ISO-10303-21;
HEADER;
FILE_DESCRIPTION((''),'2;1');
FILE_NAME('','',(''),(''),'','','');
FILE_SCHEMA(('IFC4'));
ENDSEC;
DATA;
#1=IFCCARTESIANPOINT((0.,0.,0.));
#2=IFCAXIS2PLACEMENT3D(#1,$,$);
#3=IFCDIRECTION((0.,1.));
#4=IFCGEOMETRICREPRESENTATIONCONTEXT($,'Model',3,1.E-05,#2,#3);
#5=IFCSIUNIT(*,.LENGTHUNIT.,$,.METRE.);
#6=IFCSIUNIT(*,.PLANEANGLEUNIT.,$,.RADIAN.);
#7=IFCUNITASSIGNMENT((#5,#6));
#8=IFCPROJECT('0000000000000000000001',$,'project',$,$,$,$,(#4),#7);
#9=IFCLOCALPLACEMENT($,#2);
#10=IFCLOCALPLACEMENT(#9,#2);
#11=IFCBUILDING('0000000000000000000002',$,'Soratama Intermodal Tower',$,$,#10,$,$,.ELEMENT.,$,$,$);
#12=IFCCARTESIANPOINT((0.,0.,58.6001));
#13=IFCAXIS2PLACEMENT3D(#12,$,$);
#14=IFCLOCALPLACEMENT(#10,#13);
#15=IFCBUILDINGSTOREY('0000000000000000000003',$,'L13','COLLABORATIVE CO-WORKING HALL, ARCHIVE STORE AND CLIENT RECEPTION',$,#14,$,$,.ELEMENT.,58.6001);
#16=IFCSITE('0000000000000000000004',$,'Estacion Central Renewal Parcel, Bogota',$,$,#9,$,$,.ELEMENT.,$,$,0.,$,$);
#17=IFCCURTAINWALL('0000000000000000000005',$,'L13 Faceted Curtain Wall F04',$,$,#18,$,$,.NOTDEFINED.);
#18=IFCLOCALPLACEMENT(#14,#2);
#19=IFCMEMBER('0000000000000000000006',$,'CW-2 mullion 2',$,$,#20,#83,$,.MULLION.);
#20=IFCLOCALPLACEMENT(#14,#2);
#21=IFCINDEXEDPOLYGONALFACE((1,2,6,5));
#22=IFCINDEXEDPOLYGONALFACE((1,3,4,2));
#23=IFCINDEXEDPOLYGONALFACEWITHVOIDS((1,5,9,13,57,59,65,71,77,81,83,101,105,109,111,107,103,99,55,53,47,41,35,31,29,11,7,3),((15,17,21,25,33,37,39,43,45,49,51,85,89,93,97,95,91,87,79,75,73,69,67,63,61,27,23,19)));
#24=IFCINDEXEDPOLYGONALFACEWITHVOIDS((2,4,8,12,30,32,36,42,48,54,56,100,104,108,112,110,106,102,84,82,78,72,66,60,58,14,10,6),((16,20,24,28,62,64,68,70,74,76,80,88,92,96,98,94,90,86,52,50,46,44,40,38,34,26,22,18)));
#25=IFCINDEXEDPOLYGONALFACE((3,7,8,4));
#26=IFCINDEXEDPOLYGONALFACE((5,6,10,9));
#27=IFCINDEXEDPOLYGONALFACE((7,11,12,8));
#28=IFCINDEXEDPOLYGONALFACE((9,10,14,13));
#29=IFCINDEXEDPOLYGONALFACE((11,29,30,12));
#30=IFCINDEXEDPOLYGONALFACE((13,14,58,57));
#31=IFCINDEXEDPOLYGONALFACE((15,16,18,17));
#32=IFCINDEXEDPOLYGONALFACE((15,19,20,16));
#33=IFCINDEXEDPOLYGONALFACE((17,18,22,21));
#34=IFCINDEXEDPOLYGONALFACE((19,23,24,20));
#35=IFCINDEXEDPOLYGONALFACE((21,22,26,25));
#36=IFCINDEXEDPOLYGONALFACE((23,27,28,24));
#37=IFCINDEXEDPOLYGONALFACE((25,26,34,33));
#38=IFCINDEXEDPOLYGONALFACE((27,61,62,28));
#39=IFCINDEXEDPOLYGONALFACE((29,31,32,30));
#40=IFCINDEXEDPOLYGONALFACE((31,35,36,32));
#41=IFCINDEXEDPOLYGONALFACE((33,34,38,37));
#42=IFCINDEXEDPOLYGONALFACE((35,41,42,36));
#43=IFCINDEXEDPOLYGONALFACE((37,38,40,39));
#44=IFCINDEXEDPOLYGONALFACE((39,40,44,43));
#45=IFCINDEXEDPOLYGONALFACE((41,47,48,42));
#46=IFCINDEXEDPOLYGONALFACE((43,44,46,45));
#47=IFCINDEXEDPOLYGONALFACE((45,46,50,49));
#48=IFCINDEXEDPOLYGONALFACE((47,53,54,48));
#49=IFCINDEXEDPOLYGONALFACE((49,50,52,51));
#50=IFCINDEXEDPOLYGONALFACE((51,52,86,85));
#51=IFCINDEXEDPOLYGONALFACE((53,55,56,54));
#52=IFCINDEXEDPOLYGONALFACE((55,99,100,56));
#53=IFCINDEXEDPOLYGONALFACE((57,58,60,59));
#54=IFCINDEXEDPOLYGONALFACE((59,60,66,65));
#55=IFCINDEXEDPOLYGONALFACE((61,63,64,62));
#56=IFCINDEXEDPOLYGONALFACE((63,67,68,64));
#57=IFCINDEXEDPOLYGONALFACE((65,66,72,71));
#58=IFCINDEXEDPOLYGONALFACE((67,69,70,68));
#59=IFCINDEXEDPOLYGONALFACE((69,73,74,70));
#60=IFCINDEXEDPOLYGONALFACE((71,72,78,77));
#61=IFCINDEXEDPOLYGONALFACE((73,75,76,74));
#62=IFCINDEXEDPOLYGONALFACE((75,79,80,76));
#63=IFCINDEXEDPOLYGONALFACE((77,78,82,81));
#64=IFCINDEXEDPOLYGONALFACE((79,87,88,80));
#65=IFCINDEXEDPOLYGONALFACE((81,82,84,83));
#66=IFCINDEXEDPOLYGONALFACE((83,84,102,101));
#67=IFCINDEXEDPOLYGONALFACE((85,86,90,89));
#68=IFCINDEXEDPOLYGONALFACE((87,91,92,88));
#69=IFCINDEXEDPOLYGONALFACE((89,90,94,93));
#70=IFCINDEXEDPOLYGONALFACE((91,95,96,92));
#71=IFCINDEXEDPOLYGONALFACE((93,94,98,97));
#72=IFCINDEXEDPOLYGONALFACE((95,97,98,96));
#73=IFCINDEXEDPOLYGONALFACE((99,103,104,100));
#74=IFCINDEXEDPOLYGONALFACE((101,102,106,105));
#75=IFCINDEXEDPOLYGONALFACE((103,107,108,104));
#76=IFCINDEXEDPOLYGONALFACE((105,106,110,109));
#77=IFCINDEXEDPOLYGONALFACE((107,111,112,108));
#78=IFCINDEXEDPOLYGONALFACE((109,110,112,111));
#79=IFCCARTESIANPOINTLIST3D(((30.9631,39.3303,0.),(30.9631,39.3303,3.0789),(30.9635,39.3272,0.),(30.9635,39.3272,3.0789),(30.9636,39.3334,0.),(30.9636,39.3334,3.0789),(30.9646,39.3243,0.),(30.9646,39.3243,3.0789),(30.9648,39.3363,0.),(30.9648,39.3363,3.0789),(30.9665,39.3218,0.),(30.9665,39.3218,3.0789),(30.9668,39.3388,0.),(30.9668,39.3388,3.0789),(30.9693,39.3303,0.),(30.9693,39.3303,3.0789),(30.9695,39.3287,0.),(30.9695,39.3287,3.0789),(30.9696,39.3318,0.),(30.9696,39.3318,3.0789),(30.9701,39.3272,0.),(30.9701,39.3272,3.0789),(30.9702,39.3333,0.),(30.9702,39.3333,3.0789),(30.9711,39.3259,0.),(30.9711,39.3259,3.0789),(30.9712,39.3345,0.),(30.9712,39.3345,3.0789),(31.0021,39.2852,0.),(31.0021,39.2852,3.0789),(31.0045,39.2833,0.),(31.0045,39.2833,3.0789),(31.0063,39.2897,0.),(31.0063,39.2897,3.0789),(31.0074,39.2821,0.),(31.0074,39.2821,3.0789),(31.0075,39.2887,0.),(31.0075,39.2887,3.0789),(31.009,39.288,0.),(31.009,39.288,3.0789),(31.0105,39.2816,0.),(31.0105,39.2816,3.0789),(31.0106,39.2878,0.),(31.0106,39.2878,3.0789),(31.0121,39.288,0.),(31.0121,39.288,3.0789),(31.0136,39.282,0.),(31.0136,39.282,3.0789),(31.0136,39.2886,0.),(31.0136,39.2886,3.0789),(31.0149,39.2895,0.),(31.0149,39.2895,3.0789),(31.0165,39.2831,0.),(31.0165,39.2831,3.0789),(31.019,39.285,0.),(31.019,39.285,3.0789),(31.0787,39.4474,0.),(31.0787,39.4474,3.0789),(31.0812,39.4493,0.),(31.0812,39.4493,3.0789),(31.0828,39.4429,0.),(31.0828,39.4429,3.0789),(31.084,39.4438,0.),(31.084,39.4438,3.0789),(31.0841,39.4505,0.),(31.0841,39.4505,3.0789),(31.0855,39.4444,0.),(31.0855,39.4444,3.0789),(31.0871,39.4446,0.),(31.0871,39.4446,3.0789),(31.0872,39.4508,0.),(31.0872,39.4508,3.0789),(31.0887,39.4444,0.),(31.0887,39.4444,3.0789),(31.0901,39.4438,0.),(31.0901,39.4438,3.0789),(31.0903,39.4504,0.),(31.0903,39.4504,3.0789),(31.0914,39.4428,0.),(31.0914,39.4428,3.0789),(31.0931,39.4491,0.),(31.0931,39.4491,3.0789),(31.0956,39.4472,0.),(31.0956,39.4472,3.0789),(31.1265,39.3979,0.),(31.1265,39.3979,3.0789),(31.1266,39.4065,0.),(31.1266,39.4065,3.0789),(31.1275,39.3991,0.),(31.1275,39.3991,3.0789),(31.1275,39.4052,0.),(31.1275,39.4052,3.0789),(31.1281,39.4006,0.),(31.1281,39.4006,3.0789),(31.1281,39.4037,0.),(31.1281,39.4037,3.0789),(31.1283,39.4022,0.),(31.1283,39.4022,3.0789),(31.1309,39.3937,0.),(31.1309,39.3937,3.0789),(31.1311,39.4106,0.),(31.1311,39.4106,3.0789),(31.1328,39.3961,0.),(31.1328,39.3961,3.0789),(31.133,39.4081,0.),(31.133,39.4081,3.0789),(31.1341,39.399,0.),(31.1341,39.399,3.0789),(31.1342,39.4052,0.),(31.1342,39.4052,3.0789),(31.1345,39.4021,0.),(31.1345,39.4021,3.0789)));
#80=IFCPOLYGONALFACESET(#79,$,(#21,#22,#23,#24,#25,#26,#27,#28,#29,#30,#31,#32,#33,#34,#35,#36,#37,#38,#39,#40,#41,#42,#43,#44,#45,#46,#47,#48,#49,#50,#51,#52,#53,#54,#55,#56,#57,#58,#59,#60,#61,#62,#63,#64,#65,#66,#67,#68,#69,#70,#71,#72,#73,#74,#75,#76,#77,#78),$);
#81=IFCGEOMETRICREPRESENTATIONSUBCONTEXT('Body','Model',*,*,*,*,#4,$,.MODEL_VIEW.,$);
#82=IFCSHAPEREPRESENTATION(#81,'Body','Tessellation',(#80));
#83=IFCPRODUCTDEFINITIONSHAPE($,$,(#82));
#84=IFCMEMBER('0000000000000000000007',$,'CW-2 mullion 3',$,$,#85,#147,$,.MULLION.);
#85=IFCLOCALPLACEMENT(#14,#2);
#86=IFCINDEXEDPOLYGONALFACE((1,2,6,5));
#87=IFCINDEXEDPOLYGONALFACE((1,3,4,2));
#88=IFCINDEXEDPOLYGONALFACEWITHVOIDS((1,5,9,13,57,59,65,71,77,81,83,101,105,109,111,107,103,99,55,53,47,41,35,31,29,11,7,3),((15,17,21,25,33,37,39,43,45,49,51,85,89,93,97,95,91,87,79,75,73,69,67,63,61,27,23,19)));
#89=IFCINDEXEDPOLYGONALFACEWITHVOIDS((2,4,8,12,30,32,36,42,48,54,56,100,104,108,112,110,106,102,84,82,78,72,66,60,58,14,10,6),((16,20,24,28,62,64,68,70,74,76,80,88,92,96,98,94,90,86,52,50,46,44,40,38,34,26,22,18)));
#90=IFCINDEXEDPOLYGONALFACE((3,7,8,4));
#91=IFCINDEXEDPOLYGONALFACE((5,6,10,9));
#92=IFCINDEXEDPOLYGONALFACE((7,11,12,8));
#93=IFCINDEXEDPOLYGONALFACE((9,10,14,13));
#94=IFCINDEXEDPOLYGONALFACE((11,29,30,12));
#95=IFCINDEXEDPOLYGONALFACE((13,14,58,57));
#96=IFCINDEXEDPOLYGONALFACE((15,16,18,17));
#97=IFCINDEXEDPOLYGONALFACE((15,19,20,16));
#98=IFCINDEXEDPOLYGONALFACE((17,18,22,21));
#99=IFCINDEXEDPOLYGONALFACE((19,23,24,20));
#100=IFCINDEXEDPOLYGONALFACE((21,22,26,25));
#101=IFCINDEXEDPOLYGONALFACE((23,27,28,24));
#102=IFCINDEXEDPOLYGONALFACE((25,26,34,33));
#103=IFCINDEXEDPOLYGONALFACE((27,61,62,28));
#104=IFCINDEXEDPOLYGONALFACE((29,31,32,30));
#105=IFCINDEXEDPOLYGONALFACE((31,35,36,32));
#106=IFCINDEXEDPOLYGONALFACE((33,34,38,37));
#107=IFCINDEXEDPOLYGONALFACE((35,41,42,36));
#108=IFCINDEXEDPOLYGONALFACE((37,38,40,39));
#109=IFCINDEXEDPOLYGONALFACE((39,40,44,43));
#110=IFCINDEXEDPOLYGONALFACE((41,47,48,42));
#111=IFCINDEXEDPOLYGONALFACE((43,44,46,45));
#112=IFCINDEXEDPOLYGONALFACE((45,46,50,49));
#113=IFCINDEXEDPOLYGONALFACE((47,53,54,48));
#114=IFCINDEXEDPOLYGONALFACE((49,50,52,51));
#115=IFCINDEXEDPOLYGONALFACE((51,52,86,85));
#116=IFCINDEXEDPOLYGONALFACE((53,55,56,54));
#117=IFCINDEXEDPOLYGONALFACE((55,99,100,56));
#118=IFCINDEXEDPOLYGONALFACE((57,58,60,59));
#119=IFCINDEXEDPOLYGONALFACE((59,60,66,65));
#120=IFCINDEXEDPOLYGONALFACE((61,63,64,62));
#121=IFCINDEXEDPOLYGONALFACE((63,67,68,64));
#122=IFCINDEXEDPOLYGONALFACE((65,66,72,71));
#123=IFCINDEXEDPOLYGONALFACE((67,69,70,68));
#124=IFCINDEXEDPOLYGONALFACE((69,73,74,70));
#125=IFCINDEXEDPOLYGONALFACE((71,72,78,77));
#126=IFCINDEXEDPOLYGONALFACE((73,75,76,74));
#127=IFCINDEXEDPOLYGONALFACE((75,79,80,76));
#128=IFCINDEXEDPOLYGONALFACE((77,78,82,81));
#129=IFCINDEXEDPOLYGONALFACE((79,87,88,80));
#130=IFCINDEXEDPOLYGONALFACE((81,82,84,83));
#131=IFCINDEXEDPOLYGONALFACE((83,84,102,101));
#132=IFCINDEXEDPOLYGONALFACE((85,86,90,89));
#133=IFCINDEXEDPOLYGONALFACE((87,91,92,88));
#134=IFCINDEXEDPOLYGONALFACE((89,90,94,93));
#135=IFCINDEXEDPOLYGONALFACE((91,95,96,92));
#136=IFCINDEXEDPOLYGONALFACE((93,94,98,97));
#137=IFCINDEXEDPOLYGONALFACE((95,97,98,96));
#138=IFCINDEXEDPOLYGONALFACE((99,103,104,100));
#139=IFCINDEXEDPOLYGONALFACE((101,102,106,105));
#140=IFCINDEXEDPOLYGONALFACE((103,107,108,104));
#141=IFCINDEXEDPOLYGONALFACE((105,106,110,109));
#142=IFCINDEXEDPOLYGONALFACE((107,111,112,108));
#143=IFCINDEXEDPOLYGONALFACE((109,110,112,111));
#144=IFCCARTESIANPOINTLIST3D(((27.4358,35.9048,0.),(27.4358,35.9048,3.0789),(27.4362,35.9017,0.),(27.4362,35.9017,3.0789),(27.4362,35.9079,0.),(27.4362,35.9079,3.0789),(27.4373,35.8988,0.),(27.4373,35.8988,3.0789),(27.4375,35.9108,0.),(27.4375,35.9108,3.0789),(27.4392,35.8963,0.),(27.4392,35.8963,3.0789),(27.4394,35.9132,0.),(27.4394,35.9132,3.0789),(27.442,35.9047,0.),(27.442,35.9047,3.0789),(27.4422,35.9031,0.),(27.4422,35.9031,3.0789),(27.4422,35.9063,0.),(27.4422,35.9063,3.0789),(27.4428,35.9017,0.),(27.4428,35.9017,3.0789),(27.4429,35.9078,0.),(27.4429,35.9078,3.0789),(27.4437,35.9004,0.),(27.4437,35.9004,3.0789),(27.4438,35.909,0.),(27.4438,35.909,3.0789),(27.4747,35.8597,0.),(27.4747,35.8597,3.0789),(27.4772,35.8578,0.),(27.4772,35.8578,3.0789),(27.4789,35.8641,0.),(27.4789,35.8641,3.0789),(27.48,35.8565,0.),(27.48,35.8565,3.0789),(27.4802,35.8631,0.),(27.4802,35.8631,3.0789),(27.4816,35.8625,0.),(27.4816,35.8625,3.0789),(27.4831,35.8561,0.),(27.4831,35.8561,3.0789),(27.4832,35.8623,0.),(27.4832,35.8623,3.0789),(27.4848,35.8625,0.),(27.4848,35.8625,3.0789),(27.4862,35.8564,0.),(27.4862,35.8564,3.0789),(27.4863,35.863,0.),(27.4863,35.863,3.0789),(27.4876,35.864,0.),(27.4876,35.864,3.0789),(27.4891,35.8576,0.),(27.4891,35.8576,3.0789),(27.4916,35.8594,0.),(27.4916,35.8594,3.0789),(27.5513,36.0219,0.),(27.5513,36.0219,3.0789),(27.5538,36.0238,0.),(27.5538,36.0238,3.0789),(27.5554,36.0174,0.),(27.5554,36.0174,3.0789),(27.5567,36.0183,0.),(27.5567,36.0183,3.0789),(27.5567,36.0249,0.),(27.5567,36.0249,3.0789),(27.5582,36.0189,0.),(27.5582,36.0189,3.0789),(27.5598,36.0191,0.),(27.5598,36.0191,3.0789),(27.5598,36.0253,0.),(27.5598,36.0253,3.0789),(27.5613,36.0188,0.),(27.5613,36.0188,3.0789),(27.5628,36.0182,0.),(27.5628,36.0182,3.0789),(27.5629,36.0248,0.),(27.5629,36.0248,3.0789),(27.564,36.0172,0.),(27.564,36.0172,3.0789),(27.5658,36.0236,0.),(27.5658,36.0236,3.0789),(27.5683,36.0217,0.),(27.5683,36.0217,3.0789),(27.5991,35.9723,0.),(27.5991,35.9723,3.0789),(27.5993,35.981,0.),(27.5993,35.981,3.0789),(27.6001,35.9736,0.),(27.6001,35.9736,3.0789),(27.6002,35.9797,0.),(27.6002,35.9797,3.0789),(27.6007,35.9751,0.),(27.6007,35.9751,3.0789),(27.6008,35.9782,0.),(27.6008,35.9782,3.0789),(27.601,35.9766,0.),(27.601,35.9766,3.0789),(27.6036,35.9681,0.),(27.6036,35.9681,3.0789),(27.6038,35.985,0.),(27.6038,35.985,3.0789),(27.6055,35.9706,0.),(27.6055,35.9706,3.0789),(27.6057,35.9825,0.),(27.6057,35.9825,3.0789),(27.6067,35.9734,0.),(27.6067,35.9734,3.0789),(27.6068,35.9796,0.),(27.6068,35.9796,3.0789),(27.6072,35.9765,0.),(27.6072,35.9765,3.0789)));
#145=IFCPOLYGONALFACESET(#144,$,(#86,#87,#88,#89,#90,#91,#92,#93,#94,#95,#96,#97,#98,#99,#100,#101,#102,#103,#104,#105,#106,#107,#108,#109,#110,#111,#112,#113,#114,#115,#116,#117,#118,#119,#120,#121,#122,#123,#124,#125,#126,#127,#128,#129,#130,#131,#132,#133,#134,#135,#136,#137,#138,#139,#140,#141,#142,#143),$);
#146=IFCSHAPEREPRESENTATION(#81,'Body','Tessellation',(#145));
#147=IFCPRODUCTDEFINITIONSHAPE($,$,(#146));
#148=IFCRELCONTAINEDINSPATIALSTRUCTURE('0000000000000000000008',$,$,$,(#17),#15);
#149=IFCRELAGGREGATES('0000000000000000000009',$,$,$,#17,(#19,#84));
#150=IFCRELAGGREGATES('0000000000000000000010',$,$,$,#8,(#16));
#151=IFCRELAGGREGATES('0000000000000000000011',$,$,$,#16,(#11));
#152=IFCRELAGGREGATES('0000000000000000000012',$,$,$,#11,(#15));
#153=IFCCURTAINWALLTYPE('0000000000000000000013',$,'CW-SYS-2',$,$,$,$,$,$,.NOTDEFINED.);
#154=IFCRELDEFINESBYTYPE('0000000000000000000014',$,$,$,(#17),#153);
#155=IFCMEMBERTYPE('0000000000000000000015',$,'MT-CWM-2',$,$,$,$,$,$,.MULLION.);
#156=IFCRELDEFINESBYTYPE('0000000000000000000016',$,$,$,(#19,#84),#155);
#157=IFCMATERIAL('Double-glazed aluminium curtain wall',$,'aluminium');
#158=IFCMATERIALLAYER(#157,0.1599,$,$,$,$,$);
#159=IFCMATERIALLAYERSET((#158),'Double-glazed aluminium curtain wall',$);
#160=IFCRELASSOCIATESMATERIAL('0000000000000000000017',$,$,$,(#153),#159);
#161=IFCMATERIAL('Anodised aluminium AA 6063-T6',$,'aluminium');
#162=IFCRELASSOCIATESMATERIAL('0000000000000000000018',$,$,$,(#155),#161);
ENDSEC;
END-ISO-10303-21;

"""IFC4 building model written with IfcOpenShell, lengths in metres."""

from ifc_helpers import new_model, si_unit, direction, frame, origin, origin_2d, place, context, subcontext, project, spatial, hollow_rectangle, extrude, material, layer, layer_set, material_profile, profile_set, type_object, element, aggregate, save


model = new_model("IFC4")

# Units and contexts
model_context = context("Model", 3, precision=1e-05, world=origin(), true_north=direction((0.0, 1.0)))
body_context = subcontext(model_context, "Body", "Model", "MODEL_VIEW")
ifc_project = project(units=[si_unit("LENGTHUNIT", "METRE"), si_unit("PLANEANGLEUNIT", "RADIAN")], contexts=[model_context])

# Site, building, storey
site_placement = place(None, origin())
site = spatial("IfcSite", under=ifc_project, at=site_placement, Name="Estacion Central Renewal Parcel, Bogota", CompositionType="ELEMENT", RefElevation=0.0)
building_placement = place(site_placement, origin())
building = spatial("IfcBuilding", under=site, at=building_placement, Name="Soratama Intermodal Tower", CompositionType="ELEMENT")
storey_placement = place(building_placement, frame((0.0, 0.0, 58.6001)))
storey = spatial("IfcBuildingStorey", under=building, at=storey_placement, Name="L13", Description="COLLABORATIVE CO-WORKING HALL, ARCHIVE STORE AND CLIENT RECEPTION", CompositionType="ELEMENT", Elevation=58.6001)

# Curtain wall, members
ifc_material_1 = material(Name="Double-glazed aluminium curtain wall", Category="aluminium")
ifc_layer_1 = layer(ifc_material_1, 0.1599)
ifc_layer_set_1 = layer_set([ifc_layer_1], Name="Double-glazed aluminium curtain wall")
curtain_wall_type = type_object("IfcCurtainWallType", Name="CW-SYS-2", PredefinedType="NOTDEFINED", material=ifc_layer_set_1)
curtain_wall_placement = place(storey_placement, origin())
curtain_wall = element("IfcCurtainWall", 1, at=curtain_wall_placement, inside=storey, type_object=curtain_wall_type, Name="L13 Faceted Curtain Wall F04", PredefinedType="NOTDEFINED")
ifc_material_2 = material(Name="Anodised aluminium AA 6063-T6", Category="aluminium")
ifc_material_profile_1 = material_profile(ifc_material_2, hollow_rectangle(XDim=0.075, YDim=0.1799, WallThickness=0.0061, InnerFilletRadius=0.0061, OuterFilletRadius=0.012, at=origin_2d()), Name="CWM180X75X6")
ifc_profile_set_1 = profile_set([ifc_material_profile_1], Name="Anodised aluminium AA 6063-T6")
member_type_1 = type_object("IfcMemberType", Name="MT-CWM-2", PredefinedType="MULLION", material=ifc_profile_set_1)
member_1_placement = place(storey_placement, frame((31.0488, 39.3662, 0.0), z_axis=(0.0, 0.0, 1.0), x_axis=(0.696666, -0.717396, 0.0)))
member_1 = element("IfcMember", 2, at=member_1_placement, type_object=member_type_1, Name="CW-2 mullion 2", PredefinedType="MULLION", context=body_context, shape_type="SweptSolid", body=[
    extrude(hollow_rectangle(XDim=0.075, YDim=0.1799, WallThickness=0.0061, InnerFilletRadius=0.0061, OuterFilletRadius=0.012, at=origin_2d()), origin(), (0.0, 0.0, 1.0), 3.0789),
])
member_2_placement = place(storey_placement, frame((27.5215, 35.9407, 0.0), z_axis=(0.0, 0.0, 1.0), x_axis=(0.696666, -0.717396, 0.0)))
member_2 = element("IfcMember", 3, at=member_2_placement, type_object=member_type_1, Name="CW-2 mullion 3", PredefinedType="MULLION", context=body_context, shape_type="SweptSolid", body=[
    extrude(hollow_rectangle(XDim=0.075, YDim=0.1799, WallThickness=0.0061, InnerFilletRadius=0.0061, OuterFilletRadius=0.012, at=origin_2d()), origin(), (0.0, 0.0, 1.0), 3.0789),
])
aggregate(curtain_wall, [member_1, member_2])

save(model, "model.ifc")
